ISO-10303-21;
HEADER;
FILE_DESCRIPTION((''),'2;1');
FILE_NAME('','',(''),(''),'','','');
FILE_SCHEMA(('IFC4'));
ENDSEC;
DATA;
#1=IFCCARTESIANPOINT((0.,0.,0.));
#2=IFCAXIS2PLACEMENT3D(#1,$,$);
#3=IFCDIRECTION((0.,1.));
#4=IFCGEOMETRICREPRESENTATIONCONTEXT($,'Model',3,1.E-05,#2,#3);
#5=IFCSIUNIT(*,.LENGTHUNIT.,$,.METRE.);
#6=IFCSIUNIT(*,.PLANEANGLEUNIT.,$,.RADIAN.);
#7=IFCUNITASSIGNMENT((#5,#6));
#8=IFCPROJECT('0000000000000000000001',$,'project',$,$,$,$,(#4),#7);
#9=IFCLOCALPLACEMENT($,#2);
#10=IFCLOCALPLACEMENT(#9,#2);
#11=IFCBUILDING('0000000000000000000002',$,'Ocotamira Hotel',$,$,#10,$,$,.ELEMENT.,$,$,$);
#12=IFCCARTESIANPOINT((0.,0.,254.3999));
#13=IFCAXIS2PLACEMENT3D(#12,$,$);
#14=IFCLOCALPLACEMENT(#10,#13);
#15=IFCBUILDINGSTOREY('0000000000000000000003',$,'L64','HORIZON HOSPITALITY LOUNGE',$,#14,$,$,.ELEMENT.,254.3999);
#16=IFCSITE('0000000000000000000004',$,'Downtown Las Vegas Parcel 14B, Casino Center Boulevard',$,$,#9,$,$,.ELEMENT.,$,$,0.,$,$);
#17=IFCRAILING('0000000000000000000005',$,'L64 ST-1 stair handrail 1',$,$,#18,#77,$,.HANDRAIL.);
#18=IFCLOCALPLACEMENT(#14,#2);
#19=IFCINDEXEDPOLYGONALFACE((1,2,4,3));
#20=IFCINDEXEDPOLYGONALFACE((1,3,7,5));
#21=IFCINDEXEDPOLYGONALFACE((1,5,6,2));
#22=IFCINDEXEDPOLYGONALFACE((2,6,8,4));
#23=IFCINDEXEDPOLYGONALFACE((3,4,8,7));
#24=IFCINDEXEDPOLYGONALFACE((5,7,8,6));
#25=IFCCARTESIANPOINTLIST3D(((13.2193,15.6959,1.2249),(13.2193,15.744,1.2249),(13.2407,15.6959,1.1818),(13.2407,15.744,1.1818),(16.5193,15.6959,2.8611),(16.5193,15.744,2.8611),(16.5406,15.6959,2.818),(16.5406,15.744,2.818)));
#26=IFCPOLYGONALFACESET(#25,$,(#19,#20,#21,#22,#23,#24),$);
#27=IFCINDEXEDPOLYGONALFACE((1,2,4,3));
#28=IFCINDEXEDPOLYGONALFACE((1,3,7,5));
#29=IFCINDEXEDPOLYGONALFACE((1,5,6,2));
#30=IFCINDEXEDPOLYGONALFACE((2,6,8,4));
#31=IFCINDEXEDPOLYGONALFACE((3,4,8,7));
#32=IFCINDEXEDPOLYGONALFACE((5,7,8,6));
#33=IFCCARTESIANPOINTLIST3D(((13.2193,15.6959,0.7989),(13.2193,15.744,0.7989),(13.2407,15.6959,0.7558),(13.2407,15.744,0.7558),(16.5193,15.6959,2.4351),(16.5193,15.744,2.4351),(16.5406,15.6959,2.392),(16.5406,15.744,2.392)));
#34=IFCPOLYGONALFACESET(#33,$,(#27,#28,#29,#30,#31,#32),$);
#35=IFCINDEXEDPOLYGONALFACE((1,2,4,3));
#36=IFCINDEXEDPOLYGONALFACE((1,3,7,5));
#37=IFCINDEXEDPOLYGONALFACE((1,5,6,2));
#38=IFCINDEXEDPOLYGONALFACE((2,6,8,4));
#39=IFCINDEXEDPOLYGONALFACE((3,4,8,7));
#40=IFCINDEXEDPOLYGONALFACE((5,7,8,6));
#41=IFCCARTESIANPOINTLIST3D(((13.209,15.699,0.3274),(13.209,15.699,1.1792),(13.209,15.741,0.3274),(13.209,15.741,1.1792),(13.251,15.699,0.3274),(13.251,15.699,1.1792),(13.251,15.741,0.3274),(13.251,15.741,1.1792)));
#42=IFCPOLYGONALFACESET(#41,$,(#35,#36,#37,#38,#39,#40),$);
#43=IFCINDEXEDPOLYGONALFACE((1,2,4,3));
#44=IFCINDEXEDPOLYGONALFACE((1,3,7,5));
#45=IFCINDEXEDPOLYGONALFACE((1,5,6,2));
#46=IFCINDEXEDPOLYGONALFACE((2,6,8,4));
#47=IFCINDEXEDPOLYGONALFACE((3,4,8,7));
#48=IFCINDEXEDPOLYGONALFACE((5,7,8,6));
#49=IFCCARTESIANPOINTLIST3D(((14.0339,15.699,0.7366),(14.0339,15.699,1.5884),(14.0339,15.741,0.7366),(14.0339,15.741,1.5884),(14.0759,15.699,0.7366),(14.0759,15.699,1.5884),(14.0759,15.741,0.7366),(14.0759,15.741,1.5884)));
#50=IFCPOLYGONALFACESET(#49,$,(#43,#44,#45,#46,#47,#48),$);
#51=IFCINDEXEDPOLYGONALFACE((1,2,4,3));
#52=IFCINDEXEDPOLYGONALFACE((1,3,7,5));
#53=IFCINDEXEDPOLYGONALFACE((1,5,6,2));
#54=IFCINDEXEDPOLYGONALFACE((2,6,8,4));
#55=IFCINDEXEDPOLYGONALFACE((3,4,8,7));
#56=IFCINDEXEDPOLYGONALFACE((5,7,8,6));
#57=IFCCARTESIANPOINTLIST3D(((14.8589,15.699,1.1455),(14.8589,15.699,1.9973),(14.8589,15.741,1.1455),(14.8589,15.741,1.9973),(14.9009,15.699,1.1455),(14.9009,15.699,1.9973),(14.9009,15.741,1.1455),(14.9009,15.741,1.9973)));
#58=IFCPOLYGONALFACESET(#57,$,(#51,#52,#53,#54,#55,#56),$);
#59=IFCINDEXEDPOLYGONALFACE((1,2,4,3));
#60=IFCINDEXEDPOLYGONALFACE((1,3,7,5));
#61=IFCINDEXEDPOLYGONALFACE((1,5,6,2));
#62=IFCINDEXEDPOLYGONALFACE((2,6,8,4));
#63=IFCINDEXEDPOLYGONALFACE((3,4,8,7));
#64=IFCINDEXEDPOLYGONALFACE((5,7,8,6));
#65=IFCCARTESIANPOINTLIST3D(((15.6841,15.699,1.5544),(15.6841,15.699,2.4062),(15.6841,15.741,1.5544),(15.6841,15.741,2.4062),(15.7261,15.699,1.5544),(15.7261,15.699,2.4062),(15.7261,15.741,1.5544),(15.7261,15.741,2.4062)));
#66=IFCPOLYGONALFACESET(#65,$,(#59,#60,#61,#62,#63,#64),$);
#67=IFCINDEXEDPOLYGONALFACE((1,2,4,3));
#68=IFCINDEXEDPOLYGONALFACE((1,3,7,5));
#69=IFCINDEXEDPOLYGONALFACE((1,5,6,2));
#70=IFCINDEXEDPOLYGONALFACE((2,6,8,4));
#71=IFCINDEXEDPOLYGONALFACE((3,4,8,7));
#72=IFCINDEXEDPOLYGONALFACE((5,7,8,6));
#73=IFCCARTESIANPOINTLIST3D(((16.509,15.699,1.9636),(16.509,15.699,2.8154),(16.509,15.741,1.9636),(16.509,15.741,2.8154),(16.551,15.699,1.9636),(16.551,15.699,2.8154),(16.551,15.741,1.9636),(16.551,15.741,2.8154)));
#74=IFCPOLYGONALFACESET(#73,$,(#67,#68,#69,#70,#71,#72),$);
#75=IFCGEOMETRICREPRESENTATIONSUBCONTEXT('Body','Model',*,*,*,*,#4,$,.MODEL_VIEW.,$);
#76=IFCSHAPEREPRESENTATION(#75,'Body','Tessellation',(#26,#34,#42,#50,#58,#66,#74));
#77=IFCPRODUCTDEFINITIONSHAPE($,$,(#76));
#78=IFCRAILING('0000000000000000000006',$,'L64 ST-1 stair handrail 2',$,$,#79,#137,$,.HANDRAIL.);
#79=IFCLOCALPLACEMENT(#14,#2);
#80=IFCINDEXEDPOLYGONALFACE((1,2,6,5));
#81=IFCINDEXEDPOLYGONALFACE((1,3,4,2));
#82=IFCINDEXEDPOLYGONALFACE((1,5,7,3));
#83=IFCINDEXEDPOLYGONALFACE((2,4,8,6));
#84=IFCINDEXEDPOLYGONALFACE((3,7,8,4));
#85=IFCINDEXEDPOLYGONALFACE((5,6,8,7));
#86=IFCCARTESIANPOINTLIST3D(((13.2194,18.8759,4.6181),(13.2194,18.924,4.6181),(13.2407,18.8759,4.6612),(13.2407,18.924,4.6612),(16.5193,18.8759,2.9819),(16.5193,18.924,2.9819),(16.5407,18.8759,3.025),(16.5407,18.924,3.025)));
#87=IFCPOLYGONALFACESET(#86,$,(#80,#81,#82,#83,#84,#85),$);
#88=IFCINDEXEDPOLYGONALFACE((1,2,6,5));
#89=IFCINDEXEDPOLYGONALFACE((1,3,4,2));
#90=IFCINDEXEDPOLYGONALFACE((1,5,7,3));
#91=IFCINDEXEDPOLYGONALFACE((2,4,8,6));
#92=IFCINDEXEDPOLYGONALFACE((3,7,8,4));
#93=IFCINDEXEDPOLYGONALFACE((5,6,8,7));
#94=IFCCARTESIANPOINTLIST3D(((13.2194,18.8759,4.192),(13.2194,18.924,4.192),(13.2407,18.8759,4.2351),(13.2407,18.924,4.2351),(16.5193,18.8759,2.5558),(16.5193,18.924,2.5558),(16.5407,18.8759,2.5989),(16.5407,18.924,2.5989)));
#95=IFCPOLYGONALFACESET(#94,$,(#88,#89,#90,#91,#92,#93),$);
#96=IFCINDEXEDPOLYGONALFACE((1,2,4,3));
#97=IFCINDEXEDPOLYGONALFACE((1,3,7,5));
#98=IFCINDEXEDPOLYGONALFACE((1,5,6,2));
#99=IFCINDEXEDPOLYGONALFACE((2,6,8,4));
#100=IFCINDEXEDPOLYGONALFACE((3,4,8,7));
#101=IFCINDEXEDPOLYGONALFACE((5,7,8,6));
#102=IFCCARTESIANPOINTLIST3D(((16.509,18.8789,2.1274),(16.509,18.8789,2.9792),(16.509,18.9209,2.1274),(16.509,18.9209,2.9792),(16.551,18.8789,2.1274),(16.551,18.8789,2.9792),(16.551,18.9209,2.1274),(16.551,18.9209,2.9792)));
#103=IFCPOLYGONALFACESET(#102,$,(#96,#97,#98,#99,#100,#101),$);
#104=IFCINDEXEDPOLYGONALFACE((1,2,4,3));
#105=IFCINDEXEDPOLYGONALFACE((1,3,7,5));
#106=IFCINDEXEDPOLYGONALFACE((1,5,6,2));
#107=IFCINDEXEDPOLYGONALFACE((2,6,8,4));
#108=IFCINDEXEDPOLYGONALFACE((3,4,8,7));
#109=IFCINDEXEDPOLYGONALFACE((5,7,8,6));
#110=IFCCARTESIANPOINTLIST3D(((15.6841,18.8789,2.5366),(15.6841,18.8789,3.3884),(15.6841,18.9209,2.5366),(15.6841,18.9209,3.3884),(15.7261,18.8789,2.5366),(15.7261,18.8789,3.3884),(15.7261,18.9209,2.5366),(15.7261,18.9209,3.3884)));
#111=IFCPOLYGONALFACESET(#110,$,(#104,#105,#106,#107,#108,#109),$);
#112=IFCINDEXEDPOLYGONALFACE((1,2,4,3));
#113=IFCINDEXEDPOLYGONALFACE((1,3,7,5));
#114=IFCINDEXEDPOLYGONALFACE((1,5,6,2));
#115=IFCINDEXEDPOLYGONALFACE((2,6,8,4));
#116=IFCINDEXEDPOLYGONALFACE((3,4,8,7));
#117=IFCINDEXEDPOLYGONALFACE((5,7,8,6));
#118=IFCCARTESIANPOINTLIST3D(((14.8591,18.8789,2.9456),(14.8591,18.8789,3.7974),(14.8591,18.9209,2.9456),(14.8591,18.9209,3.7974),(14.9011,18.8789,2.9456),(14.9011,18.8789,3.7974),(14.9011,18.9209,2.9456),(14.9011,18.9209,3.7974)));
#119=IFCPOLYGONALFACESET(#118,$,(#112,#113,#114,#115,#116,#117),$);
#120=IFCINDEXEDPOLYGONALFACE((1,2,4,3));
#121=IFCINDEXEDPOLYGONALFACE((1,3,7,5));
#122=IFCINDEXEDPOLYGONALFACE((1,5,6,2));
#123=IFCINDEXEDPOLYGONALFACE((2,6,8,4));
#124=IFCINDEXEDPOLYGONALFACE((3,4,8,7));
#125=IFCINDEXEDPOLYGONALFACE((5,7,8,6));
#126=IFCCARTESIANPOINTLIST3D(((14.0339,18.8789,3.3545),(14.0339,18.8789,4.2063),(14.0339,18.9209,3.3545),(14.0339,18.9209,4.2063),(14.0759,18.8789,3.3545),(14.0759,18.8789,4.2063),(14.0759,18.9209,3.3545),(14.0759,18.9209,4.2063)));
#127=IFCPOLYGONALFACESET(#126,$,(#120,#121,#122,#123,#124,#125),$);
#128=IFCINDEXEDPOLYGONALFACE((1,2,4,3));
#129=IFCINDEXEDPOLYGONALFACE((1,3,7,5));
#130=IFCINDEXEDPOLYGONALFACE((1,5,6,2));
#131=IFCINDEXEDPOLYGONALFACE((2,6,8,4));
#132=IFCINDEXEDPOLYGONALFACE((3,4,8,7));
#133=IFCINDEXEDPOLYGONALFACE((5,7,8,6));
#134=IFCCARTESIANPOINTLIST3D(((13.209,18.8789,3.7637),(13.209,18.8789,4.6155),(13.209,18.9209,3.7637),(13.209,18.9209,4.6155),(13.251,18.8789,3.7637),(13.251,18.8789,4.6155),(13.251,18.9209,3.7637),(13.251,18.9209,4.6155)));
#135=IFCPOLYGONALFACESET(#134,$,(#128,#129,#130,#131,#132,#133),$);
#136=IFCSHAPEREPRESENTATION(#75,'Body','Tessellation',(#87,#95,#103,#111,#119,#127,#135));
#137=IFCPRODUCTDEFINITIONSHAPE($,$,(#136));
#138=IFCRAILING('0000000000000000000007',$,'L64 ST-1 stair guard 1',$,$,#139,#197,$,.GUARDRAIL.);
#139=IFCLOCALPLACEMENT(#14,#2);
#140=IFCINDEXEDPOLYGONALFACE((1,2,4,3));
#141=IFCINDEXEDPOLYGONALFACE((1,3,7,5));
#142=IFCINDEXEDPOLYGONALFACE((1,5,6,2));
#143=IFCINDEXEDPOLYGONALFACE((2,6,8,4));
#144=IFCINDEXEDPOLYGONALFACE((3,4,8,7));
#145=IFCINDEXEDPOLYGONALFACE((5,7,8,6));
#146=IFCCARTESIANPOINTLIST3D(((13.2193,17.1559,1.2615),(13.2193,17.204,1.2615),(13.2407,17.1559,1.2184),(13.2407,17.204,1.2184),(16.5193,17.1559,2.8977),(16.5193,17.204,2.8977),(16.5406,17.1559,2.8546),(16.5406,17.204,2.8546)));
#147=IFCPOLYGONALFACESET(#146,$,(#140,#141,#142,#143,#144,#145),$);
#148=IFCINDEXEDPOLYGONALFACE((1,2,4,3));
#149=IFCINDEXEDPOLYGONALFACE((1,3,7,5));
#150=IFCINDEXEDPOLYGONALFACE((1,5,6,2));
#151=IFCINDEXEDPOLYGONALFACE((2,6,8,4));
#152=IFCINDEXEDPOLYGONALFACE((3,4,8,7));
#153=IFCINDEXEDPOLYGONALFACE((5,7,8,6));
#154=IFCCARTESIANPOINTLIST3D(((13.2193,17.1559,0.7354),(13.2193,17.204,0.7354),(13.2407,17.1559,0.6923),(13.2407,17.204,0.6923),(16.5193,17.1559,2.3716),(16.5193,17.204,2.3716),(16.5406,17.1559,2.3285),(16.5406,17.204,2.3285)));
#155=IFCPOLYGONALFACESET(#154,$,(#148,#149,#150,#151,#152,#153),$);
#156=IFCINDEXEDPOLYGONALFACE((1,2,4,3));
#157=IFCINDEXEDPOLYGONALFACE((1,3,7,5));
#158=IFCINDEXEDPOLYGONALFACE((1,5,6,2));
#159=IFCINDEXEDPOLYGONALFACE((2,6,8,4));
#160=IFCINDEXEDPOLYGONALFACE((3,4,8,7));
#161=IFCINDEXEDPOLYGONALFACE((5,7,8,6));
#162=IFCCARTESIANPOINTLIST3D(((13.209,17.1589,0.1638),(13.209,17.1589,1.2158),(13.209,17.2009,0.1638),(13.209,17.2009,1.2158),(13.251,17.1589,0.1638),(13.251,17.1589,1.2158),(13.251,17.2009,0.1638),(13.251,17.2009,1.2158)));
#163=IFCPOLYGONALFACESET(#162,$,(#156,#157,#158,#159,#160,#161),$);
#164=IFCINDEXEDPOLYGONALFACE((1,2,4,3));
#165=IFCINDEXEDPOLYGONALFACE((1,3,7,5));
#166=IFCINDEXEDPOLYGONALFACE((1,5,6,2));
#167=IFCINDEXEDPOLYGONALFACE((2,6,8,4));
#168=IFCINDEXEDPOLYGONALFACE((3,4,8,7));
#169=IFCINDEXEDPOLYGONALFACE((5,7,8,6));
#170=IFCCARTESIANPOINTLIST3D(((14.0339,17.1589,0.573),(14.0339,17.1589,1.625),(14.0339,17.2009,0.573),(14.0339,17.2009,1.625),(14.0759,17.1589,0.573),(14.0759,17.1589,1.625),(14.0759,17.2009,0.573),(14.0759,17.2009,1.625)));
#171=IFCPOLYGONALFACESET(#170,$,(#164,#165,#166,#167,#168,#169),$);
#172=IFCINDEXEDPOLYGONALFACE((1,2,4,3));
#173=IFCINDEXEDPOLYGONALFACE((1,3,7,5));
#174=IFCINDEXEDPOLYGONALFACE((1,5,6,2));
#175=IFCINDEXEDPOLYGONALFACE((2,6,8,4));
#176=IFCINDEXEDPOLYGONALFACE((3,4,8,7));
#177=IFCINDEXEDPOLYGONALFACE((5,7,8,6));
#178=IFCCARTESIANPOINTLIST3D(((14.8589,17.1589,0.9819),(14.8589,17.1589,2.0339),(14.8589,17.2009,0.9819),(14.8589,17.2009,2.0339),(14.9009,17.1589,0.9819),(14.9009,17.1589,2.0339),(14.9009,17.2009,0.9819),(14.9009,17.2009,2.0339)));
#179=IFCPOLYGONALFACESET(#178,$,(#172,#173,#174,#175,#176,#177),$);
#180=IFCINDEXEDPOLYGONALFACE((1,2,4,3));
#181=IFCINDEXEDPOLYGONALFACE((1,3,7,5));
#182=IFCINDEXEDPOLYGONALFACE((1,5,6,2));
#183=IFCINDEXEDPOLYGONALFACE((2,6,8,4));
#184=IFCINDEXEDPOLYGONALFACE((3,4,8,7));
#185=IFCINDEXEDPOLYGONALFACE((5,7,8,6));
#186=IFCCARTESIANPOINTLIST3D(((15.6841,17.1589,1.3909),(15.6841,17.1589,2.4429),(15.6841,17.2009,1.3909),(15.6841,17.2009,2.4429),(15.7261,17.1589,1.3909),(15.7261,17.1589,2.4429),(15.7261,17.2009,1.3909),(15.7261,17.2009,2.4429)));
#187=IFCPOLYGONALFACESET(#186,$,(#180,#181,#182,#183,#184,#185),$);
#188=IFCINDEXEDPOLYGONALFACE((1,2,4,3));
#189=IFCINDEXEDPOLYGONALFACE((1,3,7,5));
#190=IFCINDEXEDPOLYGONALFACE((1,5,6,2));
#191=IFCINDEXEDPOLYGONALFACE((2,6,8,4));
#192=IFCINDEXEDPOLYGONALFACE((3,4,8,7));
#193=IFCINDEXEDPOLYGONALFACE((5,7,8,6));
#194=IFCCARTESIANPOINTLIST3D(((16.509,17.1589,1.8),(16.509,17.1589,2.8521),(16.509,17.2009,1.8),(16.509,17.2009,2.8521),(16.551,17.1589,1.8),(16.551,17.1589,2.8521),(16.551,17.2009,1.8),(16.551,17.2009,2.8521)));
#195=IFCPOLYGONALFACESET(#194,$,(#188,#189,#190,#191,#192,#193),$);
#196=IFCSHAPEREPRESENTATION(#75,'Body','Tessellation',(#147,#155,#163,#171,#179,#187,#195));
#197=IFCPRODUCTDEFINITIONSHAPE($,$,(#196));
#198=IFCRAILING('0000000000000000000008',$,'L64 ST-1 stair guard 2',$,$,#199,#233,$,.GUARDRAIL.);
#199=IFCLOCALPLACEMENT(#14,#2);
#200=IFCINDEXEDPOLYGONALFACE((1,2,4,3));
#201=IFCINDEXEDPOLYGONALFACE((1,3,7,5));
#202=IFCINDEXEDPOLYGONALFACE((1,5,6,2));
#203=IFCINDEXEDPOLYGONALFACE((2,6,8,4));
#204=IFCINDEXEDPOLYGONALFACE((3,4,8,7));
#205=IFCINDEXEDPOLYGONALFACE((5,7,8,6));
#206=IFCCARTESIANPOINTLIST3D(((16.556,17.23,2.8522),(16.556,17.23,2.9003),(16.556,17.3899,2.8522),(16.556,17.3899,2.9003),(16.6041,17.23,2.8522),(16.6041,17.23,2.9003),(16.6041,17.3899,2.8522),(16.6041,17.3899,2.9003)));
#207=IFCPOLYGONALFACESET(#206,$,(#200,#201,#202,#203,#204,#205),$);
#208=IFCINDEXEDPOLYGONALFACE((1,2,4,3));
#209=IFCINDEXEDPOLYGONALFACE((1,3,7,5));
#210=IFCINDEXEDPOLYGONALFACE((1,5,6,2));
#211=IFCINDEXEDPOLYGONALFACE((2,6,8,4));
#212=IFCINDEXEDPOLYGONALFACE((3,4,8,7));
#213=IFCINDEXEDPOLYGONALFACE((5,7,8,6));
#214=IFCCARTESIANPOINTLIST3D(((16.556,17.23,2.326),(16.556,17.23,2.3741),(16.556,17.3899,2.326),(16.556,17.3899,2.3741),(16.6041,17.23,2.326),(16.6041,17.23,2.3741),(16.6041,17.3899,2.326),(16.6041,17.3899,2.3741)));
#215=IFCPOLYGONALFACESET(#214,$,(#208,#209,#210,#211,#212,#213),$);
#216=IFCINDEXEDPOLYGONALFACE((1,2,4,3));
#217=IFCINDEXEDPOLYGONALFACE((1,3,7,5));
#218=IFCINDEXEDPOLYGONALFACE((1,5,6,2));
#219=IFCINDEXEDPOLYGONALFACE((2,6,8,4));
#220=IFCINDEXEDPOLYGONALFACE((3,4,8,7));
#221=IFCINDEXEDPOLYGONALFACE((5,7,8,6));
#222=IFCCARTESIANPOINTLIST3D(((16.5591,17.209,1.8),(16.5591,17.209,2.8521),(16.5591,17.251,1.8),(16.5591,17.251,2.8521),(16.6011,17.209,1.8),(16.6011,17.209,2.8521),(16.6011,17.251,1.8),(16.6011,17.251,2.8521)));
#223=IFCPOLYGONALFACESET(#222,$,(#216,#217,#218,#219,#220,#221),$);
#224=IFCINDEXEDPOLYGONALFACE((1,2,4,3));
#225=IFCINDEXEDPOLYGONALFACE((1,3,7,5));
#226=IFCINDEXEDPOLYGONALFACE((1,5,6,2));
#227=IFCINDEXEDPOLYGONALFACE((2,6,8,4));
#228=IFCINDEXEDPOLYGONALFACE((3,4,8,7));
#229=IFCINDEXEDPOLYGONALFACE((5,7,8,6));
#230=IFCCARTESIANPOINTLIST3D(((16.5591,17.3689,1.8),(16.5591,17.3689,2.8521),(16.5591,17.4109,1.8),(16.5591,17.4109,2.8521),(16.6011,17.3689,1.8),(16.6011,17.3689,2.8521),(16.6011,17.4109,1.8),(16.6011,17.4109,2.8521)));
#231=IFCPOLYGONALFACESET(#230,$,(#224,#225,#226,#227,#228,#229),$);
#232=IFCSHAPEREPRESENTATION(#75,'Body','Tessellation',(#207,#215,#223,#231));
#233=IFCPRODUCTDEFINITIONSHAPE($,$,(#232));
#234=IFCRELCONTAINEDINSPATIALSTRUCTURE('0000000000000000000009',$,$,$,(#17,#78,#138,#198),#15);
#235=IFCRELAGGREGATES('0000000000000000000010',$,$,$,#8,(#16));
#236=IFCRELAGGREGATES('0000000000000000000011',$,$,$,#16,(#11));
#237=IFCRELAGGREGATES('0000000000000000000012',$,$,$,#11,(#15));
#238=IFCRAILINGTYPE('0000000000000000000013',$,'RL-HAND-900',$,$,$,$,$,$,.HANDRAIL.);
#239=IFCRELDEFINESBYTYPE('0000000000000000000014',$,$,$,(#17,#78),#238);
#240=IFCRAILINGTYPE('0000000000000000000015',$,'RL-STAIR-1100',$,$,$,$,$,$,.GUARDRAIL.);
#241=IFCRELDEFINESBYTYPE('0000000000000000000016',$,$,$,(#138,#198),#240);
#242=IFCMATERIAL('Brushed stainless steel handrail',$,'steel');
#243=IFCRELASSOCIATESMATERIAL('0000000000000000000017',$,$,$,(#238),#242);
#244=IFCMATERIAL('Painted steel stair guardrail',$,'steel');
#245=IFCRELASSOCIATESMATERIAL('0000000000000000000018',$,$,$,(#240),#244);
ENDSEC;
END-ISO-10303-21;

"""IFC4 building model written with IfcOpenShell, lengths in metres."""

from ifc_helpers import new_model, si_unit, direction, frame, origin, origin_2d, place, context, subcontext, project, spatial, rectangle, extrude, material, type_object, element, save


model = new_model("IFC4")

# Units and contexts
model_context = context("Model", 3, precision=1e-05, world=origin(), true_north=direction((0.0, 1.0)))
body_context = subcontext(model_context, "Body", "Model", "MODEL_VIEW")
ifc_project = project(units=[si_unit("LENGTHUNIT", "METRE"), si_unit("PLANEANGLEUNIT", "RADIAN")], contexts=[model_context])

# Site, building, storey
site_placement = place(None, origin())
site = spatial("IfcSite", under=ifc_project, at=site_placement, Name="Downtown Las Vegas Parcel 14B, Casino Center Boulevard", CompositionType="ELEMENT", RefElevation=0.0)
building_placement = place(site_placement, origin())
building = spatial("IfcBuilding", under=site, at=building_placement, Name="Ocotamira Hotel", CompositionType="ELEMENT")
storey_placement = place(building_placement, frame((0.0, 0.0, 254.3999)))
storey = spatial("IfcBuildingStorey", under=building, at=storey_placement, Name="L64", Description="HORIZON HOSPITALITY LOUNGE", CompositionType="ELEMENT", Elevation=254.3999)

# Railings
ifc_material_1 = material(Name="Brushed stainless steel handrail", Category="steel")
railing_type_1 = type_object("IfcRailingType", Name="RL-HAND-900", PredefinedType="HANDRAIL", material=ifc_material_1)
railing_1_placement = place(storey_placement, frame((13.23, 15.72, 0.3274)))
element("IfcRailing", 1, at=railing_1_placement, inside=storey, type_object=railing_type_1, Name="L64 ST-1 stair handrail 1", PredefinedType="HANDRAIL", context=body_context, shape_type="SweptSolid", body=[
    extrude(rectangle(XDim=0.0481, YDim=0.0481, at=origin_2d()), frame((0.0, 0.0, 0.876), z_axis=(0.89592, 0.0, 0.444215), x_axis=(0.0, 1.0, 0.0)), (0.0, 0.0, 1.0), 3.6833),
    extrude(rectangle(XDim=0.0481, YDim=0.0481, at=origin_2d()), frame((0.0, 0.0, 0.45), z_axis=(0.89592, 0.0, 0.444215), x_axis=(0.0, 1.0, 0.0)), (0.0, 0.0, 1.0), 3.6833),
    extrude(rectangle(XDim=0.042, YDim=0.042, at=origin_2d()), origin(), (0.0, 0.0, 1.0), 0.8518),
    extrude(rectangle(XDim=0.042, YDim=0.042, at=origin_2d()), frame((0.825, 0.0, 0.4092)), (0.0, 0.0, 1.0), 0.8518),
    extrude(rectangle(XDim=0.042, YDim=0.042, at=origin_2d()), frame((1.6499, 0.0, 0.8181)), (0.0, 0.0, 1.0), 0.8518),
    extrude(rectangle(XDim=0.042, YDim=0.042, at=origin_2d()), frame((2.4751, 0.0, 1.2271)), (0.0, 0.0, 1.0), 0.8518),
    extrude(rectangle(XDim=0.042, YDim=0.042, at=origin_2d()), frame((3.3, 0.0, 1.6362)), (0.0, 0.0, 1.0), 0.8518),
])
railing_2_placement = place(storey_placement, frame((16.53, 18.8999, 2.1274)))
element("IfcRailing", 2, at=railing_2_placement, inside=storey, type_object=railing_type_1, Name="L64 ST-1 stair handrail 2", PredefinedType="HANDRAIL", context=body_context, shape_type="SweptSolid", body=[
    extrude(rectangle(XDim=0.0481, YDim=0.0481, at=origin_2d()), frame((0.0, 0.0, 0.876), z_axis=(-0.89592, 0.0, 0.444215), x_axis=(0.0, -1.0, 0.0)), (0.0, 0.0, 1.0), 3.6833),
    extrude(rectangle(XDim=0.0481, YDim=0.0481, at=origin_2d()), frame((0.0, 0.0, 0.45), z_axis=(-0.89592, 0.0, 0.444215), x_axis=(0.0, -1.0, 0.0)), (0.0, 0.0, 1.0), 3.6833),
    extrude(rectangle(XDim=0.042, YDim=0.042, at=origin_2d()), origin(), (0.0, 0.0, 1.0), 0.8518),
    extrude(rectangle(XDim=0.042, YDim=0.042, at=origin_2d()), frame((-0.825, 0.0, 0.4092)), (0.0, 0.0, 1.0), 0.8518),
    extrude(rectangle(XDim=0.042, YDim=0.042, at=origin_2d()), frame((-1.6499, 0.0, 0.8181)), (0.0, 0.0, 1.0), 0.8518),
    extrude(rectangle(XDim=0.042, YDim=0.042, at=origin_2d()), frame((-2.4751, 0.0, 1.2271)), (0.0, 0.0, 1.0), 0.8518),
    extrude(rectangle(XDim=0.042, YDim=0.042, at=origin_2d()), frame((-3.3, 0.0, 1.6362)), (0.0, 0.0, 1.0), 0.8518),
])
ifc_material_2 = material(Name="Painted steel stair guardrail", Category="steel")
railing_type_2 = type_object("IfcRailingType", Name="RL-STAIR-1100", PredefinedType="GUARDRAIL", material=ifc_material_2)
railing_3_placement = place(storey_placement, frame((13.23, 17.1799, 0.1638)))
element("IfcRailing", 3, at=railing_3_placement, inside=storey, type_object=railing_type_2, Name="L64 ST-1 stair guard 1", PredefinedType="GUARDRAIL", context=body_context, shape_type="SweptSolid", body=[
    extrude(rectangle(XDim=0.0481, YDim=0.0481, at=origin_2d()), frame((0.0, 0.0, 1.0762), z_axis=(0.89592, 0.0, 0.444215), x_axis=(0.0, 1.0, 0.0)), (0.0, 0.0, 1.0), 3.6833),
    extrude(rectangle(XDim=0.0481, YDim=0.0481, at=origin_2d()), frame((0.0, 0.0, 0.55), z_axis=(0.89592, 0.0, 0.444215), x_axis=(0.0, 1.0, 0.0)), (0.0, 0.0, 1.0), 3.6833),
    extrude(rectangle(XDim=0.042, YDim=0.042, at=origin_2d()), origin(), (0.0, 0.0, 1.0), 1.052),
    extrude(rectangle(XDim=0.042, YDim=0.042, at=origin_2d()), frame((0.825, 0.0, 0.4092)), (0.0, 0.0, 1.0), 1.052),
    extrude(rectangle(XDim=0.042, YDim=0.042, at=origin_2d()), frame((1.6499, 0.0, 0.8181)), (0.0, 0.0, 1.0), 1.052),
    extrude(rectangle(XDim=0.042, YDim=0.042, at=origin_2d()), frame((2.4751, 0.0, 1.2271)), (0.0, 0.0, 1.0), 1.052),
    extrude(rectangle(XDim=0.042, YDim=0.042, at=origin_2d()), frame((3.3, 0.0, 1.6362)), (0.0, 0.0, 1.0), 1.052),
])
railing_4_placement = place(storey_placement, frame((16.5801, 17.23, 1.8)))
element("IfcRailing", 4, at=railing_4_placement, inside=storey, type_object=railing_type_2, Name="L64 ST-1 stair guard 2", PredefinedType="GUARDRAIL", context=body_context, shape_type="SweptSolid", body=[
    extrude(rectangle(XDim=0.0481, YDim=0.0481, at=origin_2d()), frame((0.0, 0.0, 1.0762), z_axis=(0.0, 1.0, 0.0), x_axis=(-1.0, 0.0, 0.0)), (0.0, 0.0, 1.0), 0.1599),
    extrude(rectangle(XDim=0.0481, YDim=0.0481, at=origin_2d()), frame((0.0, 0.0, 0.55), z_axis=(0.0, 1.0, 0.0), x_axis=(-1.0, 0.0, 0.0)), (0.0, 0.0, 1.0), 0.1599),
    extrude(rectangle(XDim=0.042, YDim=0.042, at=origin_2d()), origin(), (0.0, 0.0, 1.0), 1.052),
    extrude(rectangle(XDim=0.042, YDim=0.042, at=origin_2d()), frame((0.0, 0.1599, 0.0)), (0.0, 0.0, 1.0), 1.052),
])

save(model, "model.ifc")
